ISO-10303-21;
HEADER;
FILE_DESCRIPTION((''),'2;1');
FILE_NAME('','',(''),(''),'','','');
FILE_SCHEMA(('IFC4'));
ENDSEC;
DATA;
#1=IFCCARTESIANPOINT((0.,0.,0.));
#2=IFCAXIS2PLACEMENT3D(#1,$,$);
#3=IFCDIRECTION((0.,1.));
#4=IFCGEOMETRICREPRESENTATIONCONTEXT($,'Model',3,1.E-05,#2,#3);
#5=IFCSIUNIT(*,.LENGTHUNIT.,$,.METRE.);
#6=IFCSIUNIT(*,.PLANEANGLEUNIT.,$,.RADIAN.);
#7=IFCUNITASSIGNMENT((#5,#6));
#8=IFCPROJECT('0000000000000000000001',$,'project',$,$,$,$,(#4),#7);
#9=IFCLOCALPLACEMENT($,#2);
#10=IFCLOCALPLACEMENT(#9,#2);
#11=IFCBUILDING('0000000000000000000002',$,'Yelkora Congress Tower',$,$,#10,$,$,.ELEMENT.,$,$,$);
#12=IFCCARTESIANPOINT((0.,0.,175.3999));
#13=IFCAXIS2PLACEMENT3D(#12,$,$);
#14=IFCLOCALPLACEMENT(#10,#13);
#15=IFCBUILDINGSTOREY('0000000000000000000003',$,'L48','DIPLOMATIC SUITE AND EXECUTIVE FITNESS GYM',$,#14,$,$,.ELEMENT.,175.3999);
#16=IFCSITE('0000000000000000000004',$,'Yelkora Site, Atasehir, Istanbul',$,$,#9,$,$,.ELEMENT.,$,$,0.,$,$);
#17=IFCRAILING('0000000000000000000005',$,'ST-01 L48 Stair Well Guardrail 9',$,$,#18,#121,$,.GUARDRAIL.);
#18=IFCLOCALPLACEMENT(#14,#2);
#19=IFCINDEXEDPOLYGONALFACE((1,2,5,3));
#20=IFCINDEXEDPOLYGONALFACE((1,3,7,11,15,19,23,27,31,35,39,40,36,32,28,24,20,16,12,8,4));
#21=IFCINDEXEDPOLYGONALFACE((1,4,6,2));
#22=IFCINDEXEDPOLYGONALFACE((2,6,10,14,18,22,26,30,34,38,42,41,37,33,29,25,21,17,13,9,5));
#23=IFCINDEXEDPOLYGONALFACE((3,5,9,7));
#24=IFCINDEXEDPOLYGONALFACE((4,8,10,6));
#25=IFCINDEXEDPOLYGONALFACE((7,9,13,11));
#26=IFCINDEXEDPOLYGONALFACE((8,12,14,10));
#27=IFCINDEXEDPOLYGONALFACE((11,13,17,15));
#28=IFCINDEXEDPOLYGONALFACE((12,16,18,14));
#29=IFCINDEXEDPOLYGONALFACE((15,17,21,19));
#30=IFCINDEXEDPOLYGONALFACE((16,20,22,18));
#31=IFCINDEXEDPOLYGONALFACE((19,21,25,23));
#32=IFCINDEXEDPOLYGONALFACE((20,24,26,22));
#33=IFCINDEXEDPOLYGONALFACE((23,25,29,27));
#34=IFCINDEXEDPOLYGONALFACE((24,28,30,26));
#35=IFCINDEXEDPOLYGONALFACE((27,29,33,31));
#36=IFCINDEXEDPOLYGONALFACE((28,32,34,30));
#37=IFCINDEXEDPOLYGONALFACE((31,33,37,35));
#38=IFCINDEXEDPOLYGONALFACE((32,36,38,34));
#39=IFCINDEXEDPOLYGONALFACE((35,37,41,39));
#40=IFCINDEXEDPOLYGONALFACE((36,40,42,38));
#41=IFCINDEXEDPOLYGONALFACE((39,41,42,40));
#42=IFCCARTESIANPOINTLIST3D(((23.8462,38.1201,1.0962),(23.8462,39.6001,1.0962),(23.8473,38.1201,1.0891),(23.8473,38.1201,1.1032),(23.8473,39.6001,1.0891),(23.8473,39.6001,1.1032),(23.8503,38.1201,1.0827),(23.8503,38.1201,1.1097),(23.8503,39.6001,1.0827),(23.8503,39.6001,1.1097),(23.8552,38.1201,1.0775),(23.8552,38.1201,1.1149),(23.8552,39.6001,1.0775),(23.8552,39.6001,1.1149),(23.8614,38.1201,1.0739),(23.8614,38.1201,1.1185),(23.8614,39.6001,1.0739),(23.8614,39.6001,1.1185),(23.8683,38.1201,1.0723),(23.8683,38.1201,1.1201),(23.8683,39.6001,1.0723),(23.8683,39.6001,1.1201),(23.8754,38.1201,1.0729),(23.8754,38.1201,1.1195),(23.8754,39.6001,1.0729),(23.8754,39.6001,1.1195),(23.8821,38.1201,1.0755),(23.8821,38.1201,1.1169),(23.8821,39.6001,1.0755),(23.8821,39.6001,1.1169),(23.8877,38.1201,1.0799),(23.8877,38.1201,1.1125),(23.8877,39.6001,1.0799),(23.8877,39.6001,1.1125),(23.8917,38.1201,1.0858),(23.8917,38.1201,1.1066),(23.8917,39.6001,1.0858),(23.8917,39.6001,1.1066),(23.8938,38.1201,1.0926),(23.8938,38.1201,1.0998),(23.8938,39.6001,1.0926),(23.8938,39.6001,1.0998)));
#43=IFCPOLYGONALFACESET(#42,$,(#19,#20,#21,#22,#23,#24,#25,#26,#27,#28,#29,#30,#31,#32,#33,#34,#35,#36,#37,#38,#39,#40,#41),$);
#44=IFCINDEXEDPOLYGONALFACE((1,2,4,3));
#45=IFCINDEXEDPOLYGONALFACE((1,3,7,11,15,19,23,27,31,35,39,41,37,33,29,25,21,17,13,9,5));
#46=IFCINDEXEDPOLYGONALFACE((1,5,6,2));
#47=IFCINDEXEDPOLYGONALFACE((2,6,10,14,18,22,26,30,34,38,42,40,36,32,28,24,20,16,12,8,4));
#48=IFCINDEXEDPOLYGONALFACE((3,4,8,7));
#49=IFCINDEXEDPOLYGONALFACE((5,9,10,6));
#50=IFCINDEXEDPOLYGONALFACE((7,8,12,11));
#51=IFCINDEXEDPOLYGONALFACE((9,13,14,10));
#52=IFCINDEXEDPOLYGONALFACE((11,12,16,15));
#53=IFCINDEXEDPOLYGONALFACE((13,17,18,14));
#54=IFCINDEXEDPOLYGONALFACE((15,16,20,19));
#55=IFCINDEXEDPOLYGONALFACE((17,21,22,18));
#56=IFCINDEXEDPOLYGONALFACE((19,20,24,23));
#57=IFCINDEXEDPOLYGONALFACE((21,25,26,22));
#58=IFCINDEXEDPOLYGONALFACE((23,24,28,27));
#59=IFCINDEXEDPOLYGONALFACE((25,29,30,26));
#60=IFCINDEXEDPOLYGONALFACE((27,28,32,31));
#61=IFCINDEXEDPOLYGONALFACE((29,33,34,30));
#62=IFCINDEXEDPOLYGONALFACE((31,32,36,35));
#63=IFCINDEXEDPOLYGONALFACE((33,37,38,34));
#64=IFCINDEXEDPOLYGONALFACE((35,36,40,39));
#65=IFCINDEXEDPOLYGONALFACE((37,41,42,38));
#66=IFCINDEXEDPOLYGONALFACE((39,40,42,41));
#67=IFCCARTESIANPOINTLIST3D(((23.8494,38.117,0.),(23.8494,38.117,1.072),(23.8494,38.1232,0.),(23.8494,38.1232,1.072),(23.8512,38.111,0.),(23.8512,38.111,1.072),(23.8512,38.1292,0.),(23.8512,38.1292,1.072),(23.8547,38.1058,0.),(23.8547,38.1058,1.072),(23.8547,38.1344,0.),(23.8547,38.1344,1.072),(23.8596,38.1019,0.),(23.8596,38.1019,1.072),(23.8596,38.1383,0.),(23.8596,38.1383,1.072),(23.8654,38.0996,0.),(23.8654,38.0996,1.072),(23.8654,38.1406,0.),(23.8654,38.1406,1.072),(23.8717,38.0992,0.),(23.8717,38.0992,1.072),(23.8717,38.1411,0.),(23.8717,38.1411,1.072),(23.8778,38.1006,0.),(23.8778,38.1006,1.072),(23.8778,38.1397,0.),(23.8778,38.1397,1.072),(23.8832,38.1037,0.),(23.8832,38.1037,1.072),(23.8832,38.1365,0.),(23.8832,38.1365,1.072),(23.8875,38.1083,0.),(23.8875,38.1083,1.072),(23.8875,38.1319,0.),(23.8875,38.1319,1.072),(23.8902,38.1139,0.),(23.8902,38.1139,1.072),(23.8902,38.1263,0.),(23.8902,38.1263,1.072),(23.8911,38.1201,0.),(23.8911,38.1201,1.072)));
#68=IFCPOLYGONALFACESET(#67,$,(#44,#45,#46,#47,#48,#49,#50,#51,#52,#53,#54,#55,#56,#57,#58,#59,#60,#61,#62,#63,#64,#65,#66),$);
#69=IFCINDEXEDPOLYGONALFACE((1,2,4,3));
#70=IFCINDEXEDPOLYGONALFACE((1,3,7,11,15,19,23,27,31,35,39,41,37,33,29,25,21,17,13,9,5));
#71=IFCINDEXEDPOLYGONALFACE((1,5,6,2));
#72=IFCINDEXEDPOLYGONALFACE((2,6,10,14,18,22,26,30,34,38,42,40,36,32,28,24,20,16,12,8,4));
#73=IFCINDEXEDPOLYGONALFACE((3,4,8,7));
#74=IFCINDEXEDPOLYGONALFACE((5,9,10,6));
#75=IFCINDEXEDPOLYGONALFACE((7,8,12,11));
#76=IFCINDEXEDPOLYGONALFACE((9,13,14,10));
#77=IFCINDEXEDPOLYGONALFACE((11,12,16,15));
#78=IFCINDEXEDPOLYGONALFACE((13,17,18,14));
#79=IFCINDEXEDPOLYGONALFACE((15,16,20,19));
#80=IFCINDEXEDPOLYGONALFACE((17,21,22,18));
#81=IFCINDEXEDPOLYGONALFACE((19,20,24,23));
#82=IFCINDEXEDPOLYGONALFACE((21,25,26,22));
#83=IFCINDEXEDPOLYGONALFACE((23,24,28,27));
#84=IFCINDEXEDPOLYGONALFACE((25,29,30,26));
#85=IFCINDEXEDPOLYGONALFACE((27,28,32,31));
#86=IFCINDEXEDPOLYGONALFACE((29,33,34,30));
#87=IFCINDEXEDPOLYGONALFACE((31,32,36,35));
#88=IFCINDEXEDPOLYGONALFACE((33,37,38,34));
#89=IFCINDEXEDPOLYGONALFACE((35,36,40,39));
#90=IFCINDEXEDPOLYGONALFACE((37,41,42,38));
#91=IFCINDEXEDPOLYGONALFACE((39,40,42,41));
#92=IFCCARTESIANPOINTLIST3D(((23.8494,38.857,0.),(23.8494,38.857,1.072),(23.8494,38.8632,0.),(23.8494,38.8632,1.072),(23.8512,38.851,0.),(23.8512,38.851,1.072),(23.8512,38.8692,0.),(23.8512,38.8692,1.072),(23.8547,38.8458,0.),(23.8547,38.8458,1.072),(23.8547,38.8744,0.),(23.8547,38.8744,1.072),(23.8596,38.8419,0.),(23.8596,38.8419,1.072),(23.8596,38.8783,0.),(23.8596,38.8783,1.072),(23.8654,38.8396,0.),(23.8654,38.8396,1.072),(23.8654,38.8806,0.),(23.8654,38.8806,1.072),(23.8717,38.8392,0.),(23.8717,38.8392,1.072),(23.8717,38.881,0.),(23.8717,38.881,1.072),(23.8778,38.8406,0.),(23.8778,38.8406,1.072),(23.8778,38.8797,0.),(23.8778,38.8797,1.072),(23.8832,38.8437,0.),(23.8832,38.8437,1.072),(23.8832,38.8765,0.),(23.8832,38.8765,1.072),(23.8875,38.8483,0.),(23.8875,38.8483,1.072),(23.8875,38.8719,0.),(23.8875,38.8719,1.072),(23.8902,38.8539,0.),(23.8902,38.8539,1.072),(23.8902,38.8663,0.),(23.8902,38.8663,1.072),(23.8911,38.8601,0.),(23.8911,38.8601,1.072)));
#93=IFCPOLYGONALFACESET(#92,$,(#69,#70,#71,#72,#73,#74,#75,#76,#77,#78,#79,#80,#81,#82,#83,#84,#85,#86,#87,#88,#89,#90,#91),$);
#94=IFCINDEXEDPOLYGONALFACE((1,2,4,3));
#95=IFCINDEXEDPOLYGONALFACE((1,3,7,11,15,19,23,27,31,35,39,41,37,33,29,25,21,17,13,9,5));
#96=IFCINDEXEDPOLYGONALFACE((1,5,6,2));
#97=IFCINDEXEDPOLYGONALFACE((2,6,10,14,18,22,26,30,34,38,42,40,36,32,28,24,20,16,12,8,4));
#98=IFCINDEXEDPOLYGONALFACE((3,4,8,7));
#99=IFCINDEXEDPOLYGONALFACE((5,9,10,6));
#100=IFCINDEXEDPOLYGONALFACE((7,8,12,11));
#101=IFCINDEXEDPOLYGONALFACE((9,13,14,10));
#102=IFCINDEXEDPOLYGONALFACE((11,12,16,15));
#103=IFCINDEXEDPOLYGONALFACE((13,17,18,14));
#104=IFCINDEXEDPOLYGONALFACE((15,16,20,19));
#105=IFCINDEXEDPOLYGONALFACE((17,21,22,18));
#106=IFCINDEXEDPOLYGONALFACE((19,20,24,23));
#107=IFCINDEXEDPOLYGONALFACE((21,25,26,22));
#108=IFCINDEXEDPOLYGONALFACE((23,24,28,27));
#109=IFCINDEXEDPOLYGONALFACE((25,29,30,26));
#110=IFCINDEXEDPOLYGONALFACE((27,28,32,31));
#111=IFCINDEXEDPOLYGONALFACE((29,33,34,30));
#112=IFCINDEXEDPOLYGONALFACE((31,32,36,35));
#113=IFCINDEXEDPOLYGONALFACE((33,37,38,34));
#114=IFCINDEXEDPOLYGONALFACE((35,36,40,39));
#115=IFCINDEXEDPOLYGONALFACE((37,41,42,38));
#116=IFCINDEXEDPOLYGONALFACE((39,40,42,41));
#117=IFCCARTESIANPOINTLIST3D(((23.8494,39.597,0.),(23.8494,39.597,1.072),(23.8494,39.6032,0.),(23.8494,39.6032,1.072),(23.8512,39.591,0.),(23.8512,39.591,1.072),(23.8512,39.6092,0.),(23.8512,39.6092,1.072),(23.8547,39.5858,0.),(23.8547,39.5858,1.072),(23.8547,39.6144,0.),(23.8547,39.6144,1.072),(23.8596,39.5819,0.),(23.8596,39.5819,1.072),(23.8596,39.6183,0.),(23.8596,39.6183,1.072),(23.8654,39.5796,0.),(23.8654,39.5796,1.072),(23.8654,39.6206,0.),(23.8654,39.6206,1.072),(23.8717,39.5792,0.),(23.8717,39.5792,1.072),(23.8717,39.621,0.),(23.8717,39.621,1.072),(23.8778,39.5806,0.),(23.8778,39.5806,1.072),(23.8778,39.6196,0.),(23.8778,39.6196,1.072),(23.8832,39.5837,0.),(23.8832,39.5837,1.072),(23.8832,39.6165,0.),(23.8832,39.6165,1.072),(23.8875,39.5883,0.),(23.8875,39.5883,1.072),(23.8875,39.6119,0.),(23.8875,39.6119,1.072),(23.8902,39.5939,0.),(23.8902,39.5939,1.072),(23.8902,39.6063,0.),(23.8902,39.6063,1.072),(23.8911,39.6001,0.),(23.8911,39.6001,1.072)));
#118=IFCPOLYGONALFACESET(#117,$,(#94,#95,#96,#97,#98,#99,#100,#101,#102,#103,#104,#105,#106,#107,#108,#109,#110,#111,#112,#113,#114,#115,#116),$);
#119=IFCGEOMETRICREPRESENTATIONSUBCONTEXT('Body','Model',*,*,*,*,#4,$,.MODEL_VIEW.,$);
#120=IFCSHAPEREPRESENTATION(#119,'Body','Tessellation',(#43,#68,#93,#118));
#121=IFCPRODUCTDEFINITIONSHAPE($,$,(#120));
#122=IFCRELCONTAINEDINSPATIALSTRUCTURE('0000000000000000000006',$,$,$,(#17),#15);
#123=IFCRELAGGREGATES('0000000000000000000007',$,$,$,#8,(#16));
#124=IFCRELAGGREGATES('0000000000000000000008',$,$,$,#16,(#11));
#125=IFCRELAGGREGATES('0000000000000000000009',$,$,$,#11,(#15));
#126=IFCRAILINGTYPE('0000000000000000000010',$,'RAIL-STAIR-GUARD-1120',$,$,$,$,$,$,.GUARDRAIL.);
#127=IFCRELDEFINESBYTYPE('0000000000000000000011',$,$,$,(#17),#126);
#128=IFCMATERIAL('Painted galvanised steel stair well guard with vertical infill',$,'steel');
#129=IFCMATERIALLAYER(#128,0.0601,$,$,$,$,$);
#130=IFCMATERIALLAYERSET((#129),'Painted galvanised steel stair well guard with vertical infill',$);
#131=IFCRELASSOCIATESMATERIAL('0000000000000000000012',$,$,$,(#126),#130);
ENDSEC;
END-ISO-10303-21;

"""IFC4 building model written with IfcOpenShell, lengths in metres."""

from ifc_helpers import new_model, si_unit, direction, frame, origin, origin_2d, place, context, subcontext, project, spatial, circle, extrude, material, layer, layer_set, type_object, element, save


model = new_model("IFC4")

# Units and contexts
model_context = context("Model", 3, precision=1e-05, world=origin(), true_north=direction((0.0, 1.0)))
body_context = subcontext(model_context, "Body", "Model", "MODEL_VIEW")
ifc_project = project(units=[si_unit("LENGTHUNIT", "METRE"), si_unit("PLANEANGLEUNIT", "RADIAN")], contexts=[model_context])

# Site, building, storey
site_placement = place(None, origin())
site = spatial("IfcSite", under=ifc_project, at=site_placement, Name="Yelkora Site, Atasehir, Istanbul", CompositionType="ELEMENT", RefElevation=0.0)
building_placement = place(site_placement, origin())
building = spatial("IfcBuilding", under=site, at=building_placement, Name="Yelkora Congress Tower", CompositionType="ELEMENT")
storey_placement = place(building_placement, frame((0.0, 0.0, 175.3999)))
storey = spatial("IfcBuildingStorey", under=building, at=storey_placement, Name="L48", Description="DIPLOMATIC SUITE AND EXECUTIVE FITNESS GYM", CompositionType="ELEMENT", Elevation=175.3999)

# Railing
ifc_material_1 = material(Name="Painted galvanised steel stair well guard with vertical infill", Category="steel")
ifc_layer_1 = layer(ifc_material_1, 0.0601)
ifc_layer_set_1 = layer_set([ifc_layer_1], Name="Painted galvanised steel stair well guard with vertical infill")
railing_type_1 = type_object("IfcRailingType", Name="RAIL-STAIR-GUARD-1120", PredefinedType="GUARDRAIL", material=ifc_layer_set_1)
for number, where, name in (
    (1, (23.8701, 38.1201, 0.0), "ST-01 L48 Stair Well Guardrail 9"),
):
    element("IfcRailing", number, at=place(storey_placement, frame(where)), inside=storey, type_object=railing_type_1, Name=name, PredefinedType="GUARDRAIL", context=body_context, shape_type="SweptSolid", body=[
        extrude(circle(Radius=0.0239, at=origin_2d()), frame((0.0, 0.0, 1.0962), z_axis=(0.0, 1.0, 0.0), x_axis=(-1.0, 0.0, 0.0)), (0.0, 0.0, 1.0), 1.48),
        extrude(circle(Radius=0.021, at=origin_2d()), origin(), (0.0, 0.0, 1.0), 1.072),
        extrude(circle(Radius=0.021, at=origin_2d()), frame((0.0, 0.74, 0.0)), (0.0, 0.0, 1.0), 1.072),
        extrude(circle(Radius=0.021, at=origin_2d()), frame((0.0, 1.48, 0.0)), (0.0, 0.0, 1.0), 1.072),
    ])

save(model, "model.ifc")
